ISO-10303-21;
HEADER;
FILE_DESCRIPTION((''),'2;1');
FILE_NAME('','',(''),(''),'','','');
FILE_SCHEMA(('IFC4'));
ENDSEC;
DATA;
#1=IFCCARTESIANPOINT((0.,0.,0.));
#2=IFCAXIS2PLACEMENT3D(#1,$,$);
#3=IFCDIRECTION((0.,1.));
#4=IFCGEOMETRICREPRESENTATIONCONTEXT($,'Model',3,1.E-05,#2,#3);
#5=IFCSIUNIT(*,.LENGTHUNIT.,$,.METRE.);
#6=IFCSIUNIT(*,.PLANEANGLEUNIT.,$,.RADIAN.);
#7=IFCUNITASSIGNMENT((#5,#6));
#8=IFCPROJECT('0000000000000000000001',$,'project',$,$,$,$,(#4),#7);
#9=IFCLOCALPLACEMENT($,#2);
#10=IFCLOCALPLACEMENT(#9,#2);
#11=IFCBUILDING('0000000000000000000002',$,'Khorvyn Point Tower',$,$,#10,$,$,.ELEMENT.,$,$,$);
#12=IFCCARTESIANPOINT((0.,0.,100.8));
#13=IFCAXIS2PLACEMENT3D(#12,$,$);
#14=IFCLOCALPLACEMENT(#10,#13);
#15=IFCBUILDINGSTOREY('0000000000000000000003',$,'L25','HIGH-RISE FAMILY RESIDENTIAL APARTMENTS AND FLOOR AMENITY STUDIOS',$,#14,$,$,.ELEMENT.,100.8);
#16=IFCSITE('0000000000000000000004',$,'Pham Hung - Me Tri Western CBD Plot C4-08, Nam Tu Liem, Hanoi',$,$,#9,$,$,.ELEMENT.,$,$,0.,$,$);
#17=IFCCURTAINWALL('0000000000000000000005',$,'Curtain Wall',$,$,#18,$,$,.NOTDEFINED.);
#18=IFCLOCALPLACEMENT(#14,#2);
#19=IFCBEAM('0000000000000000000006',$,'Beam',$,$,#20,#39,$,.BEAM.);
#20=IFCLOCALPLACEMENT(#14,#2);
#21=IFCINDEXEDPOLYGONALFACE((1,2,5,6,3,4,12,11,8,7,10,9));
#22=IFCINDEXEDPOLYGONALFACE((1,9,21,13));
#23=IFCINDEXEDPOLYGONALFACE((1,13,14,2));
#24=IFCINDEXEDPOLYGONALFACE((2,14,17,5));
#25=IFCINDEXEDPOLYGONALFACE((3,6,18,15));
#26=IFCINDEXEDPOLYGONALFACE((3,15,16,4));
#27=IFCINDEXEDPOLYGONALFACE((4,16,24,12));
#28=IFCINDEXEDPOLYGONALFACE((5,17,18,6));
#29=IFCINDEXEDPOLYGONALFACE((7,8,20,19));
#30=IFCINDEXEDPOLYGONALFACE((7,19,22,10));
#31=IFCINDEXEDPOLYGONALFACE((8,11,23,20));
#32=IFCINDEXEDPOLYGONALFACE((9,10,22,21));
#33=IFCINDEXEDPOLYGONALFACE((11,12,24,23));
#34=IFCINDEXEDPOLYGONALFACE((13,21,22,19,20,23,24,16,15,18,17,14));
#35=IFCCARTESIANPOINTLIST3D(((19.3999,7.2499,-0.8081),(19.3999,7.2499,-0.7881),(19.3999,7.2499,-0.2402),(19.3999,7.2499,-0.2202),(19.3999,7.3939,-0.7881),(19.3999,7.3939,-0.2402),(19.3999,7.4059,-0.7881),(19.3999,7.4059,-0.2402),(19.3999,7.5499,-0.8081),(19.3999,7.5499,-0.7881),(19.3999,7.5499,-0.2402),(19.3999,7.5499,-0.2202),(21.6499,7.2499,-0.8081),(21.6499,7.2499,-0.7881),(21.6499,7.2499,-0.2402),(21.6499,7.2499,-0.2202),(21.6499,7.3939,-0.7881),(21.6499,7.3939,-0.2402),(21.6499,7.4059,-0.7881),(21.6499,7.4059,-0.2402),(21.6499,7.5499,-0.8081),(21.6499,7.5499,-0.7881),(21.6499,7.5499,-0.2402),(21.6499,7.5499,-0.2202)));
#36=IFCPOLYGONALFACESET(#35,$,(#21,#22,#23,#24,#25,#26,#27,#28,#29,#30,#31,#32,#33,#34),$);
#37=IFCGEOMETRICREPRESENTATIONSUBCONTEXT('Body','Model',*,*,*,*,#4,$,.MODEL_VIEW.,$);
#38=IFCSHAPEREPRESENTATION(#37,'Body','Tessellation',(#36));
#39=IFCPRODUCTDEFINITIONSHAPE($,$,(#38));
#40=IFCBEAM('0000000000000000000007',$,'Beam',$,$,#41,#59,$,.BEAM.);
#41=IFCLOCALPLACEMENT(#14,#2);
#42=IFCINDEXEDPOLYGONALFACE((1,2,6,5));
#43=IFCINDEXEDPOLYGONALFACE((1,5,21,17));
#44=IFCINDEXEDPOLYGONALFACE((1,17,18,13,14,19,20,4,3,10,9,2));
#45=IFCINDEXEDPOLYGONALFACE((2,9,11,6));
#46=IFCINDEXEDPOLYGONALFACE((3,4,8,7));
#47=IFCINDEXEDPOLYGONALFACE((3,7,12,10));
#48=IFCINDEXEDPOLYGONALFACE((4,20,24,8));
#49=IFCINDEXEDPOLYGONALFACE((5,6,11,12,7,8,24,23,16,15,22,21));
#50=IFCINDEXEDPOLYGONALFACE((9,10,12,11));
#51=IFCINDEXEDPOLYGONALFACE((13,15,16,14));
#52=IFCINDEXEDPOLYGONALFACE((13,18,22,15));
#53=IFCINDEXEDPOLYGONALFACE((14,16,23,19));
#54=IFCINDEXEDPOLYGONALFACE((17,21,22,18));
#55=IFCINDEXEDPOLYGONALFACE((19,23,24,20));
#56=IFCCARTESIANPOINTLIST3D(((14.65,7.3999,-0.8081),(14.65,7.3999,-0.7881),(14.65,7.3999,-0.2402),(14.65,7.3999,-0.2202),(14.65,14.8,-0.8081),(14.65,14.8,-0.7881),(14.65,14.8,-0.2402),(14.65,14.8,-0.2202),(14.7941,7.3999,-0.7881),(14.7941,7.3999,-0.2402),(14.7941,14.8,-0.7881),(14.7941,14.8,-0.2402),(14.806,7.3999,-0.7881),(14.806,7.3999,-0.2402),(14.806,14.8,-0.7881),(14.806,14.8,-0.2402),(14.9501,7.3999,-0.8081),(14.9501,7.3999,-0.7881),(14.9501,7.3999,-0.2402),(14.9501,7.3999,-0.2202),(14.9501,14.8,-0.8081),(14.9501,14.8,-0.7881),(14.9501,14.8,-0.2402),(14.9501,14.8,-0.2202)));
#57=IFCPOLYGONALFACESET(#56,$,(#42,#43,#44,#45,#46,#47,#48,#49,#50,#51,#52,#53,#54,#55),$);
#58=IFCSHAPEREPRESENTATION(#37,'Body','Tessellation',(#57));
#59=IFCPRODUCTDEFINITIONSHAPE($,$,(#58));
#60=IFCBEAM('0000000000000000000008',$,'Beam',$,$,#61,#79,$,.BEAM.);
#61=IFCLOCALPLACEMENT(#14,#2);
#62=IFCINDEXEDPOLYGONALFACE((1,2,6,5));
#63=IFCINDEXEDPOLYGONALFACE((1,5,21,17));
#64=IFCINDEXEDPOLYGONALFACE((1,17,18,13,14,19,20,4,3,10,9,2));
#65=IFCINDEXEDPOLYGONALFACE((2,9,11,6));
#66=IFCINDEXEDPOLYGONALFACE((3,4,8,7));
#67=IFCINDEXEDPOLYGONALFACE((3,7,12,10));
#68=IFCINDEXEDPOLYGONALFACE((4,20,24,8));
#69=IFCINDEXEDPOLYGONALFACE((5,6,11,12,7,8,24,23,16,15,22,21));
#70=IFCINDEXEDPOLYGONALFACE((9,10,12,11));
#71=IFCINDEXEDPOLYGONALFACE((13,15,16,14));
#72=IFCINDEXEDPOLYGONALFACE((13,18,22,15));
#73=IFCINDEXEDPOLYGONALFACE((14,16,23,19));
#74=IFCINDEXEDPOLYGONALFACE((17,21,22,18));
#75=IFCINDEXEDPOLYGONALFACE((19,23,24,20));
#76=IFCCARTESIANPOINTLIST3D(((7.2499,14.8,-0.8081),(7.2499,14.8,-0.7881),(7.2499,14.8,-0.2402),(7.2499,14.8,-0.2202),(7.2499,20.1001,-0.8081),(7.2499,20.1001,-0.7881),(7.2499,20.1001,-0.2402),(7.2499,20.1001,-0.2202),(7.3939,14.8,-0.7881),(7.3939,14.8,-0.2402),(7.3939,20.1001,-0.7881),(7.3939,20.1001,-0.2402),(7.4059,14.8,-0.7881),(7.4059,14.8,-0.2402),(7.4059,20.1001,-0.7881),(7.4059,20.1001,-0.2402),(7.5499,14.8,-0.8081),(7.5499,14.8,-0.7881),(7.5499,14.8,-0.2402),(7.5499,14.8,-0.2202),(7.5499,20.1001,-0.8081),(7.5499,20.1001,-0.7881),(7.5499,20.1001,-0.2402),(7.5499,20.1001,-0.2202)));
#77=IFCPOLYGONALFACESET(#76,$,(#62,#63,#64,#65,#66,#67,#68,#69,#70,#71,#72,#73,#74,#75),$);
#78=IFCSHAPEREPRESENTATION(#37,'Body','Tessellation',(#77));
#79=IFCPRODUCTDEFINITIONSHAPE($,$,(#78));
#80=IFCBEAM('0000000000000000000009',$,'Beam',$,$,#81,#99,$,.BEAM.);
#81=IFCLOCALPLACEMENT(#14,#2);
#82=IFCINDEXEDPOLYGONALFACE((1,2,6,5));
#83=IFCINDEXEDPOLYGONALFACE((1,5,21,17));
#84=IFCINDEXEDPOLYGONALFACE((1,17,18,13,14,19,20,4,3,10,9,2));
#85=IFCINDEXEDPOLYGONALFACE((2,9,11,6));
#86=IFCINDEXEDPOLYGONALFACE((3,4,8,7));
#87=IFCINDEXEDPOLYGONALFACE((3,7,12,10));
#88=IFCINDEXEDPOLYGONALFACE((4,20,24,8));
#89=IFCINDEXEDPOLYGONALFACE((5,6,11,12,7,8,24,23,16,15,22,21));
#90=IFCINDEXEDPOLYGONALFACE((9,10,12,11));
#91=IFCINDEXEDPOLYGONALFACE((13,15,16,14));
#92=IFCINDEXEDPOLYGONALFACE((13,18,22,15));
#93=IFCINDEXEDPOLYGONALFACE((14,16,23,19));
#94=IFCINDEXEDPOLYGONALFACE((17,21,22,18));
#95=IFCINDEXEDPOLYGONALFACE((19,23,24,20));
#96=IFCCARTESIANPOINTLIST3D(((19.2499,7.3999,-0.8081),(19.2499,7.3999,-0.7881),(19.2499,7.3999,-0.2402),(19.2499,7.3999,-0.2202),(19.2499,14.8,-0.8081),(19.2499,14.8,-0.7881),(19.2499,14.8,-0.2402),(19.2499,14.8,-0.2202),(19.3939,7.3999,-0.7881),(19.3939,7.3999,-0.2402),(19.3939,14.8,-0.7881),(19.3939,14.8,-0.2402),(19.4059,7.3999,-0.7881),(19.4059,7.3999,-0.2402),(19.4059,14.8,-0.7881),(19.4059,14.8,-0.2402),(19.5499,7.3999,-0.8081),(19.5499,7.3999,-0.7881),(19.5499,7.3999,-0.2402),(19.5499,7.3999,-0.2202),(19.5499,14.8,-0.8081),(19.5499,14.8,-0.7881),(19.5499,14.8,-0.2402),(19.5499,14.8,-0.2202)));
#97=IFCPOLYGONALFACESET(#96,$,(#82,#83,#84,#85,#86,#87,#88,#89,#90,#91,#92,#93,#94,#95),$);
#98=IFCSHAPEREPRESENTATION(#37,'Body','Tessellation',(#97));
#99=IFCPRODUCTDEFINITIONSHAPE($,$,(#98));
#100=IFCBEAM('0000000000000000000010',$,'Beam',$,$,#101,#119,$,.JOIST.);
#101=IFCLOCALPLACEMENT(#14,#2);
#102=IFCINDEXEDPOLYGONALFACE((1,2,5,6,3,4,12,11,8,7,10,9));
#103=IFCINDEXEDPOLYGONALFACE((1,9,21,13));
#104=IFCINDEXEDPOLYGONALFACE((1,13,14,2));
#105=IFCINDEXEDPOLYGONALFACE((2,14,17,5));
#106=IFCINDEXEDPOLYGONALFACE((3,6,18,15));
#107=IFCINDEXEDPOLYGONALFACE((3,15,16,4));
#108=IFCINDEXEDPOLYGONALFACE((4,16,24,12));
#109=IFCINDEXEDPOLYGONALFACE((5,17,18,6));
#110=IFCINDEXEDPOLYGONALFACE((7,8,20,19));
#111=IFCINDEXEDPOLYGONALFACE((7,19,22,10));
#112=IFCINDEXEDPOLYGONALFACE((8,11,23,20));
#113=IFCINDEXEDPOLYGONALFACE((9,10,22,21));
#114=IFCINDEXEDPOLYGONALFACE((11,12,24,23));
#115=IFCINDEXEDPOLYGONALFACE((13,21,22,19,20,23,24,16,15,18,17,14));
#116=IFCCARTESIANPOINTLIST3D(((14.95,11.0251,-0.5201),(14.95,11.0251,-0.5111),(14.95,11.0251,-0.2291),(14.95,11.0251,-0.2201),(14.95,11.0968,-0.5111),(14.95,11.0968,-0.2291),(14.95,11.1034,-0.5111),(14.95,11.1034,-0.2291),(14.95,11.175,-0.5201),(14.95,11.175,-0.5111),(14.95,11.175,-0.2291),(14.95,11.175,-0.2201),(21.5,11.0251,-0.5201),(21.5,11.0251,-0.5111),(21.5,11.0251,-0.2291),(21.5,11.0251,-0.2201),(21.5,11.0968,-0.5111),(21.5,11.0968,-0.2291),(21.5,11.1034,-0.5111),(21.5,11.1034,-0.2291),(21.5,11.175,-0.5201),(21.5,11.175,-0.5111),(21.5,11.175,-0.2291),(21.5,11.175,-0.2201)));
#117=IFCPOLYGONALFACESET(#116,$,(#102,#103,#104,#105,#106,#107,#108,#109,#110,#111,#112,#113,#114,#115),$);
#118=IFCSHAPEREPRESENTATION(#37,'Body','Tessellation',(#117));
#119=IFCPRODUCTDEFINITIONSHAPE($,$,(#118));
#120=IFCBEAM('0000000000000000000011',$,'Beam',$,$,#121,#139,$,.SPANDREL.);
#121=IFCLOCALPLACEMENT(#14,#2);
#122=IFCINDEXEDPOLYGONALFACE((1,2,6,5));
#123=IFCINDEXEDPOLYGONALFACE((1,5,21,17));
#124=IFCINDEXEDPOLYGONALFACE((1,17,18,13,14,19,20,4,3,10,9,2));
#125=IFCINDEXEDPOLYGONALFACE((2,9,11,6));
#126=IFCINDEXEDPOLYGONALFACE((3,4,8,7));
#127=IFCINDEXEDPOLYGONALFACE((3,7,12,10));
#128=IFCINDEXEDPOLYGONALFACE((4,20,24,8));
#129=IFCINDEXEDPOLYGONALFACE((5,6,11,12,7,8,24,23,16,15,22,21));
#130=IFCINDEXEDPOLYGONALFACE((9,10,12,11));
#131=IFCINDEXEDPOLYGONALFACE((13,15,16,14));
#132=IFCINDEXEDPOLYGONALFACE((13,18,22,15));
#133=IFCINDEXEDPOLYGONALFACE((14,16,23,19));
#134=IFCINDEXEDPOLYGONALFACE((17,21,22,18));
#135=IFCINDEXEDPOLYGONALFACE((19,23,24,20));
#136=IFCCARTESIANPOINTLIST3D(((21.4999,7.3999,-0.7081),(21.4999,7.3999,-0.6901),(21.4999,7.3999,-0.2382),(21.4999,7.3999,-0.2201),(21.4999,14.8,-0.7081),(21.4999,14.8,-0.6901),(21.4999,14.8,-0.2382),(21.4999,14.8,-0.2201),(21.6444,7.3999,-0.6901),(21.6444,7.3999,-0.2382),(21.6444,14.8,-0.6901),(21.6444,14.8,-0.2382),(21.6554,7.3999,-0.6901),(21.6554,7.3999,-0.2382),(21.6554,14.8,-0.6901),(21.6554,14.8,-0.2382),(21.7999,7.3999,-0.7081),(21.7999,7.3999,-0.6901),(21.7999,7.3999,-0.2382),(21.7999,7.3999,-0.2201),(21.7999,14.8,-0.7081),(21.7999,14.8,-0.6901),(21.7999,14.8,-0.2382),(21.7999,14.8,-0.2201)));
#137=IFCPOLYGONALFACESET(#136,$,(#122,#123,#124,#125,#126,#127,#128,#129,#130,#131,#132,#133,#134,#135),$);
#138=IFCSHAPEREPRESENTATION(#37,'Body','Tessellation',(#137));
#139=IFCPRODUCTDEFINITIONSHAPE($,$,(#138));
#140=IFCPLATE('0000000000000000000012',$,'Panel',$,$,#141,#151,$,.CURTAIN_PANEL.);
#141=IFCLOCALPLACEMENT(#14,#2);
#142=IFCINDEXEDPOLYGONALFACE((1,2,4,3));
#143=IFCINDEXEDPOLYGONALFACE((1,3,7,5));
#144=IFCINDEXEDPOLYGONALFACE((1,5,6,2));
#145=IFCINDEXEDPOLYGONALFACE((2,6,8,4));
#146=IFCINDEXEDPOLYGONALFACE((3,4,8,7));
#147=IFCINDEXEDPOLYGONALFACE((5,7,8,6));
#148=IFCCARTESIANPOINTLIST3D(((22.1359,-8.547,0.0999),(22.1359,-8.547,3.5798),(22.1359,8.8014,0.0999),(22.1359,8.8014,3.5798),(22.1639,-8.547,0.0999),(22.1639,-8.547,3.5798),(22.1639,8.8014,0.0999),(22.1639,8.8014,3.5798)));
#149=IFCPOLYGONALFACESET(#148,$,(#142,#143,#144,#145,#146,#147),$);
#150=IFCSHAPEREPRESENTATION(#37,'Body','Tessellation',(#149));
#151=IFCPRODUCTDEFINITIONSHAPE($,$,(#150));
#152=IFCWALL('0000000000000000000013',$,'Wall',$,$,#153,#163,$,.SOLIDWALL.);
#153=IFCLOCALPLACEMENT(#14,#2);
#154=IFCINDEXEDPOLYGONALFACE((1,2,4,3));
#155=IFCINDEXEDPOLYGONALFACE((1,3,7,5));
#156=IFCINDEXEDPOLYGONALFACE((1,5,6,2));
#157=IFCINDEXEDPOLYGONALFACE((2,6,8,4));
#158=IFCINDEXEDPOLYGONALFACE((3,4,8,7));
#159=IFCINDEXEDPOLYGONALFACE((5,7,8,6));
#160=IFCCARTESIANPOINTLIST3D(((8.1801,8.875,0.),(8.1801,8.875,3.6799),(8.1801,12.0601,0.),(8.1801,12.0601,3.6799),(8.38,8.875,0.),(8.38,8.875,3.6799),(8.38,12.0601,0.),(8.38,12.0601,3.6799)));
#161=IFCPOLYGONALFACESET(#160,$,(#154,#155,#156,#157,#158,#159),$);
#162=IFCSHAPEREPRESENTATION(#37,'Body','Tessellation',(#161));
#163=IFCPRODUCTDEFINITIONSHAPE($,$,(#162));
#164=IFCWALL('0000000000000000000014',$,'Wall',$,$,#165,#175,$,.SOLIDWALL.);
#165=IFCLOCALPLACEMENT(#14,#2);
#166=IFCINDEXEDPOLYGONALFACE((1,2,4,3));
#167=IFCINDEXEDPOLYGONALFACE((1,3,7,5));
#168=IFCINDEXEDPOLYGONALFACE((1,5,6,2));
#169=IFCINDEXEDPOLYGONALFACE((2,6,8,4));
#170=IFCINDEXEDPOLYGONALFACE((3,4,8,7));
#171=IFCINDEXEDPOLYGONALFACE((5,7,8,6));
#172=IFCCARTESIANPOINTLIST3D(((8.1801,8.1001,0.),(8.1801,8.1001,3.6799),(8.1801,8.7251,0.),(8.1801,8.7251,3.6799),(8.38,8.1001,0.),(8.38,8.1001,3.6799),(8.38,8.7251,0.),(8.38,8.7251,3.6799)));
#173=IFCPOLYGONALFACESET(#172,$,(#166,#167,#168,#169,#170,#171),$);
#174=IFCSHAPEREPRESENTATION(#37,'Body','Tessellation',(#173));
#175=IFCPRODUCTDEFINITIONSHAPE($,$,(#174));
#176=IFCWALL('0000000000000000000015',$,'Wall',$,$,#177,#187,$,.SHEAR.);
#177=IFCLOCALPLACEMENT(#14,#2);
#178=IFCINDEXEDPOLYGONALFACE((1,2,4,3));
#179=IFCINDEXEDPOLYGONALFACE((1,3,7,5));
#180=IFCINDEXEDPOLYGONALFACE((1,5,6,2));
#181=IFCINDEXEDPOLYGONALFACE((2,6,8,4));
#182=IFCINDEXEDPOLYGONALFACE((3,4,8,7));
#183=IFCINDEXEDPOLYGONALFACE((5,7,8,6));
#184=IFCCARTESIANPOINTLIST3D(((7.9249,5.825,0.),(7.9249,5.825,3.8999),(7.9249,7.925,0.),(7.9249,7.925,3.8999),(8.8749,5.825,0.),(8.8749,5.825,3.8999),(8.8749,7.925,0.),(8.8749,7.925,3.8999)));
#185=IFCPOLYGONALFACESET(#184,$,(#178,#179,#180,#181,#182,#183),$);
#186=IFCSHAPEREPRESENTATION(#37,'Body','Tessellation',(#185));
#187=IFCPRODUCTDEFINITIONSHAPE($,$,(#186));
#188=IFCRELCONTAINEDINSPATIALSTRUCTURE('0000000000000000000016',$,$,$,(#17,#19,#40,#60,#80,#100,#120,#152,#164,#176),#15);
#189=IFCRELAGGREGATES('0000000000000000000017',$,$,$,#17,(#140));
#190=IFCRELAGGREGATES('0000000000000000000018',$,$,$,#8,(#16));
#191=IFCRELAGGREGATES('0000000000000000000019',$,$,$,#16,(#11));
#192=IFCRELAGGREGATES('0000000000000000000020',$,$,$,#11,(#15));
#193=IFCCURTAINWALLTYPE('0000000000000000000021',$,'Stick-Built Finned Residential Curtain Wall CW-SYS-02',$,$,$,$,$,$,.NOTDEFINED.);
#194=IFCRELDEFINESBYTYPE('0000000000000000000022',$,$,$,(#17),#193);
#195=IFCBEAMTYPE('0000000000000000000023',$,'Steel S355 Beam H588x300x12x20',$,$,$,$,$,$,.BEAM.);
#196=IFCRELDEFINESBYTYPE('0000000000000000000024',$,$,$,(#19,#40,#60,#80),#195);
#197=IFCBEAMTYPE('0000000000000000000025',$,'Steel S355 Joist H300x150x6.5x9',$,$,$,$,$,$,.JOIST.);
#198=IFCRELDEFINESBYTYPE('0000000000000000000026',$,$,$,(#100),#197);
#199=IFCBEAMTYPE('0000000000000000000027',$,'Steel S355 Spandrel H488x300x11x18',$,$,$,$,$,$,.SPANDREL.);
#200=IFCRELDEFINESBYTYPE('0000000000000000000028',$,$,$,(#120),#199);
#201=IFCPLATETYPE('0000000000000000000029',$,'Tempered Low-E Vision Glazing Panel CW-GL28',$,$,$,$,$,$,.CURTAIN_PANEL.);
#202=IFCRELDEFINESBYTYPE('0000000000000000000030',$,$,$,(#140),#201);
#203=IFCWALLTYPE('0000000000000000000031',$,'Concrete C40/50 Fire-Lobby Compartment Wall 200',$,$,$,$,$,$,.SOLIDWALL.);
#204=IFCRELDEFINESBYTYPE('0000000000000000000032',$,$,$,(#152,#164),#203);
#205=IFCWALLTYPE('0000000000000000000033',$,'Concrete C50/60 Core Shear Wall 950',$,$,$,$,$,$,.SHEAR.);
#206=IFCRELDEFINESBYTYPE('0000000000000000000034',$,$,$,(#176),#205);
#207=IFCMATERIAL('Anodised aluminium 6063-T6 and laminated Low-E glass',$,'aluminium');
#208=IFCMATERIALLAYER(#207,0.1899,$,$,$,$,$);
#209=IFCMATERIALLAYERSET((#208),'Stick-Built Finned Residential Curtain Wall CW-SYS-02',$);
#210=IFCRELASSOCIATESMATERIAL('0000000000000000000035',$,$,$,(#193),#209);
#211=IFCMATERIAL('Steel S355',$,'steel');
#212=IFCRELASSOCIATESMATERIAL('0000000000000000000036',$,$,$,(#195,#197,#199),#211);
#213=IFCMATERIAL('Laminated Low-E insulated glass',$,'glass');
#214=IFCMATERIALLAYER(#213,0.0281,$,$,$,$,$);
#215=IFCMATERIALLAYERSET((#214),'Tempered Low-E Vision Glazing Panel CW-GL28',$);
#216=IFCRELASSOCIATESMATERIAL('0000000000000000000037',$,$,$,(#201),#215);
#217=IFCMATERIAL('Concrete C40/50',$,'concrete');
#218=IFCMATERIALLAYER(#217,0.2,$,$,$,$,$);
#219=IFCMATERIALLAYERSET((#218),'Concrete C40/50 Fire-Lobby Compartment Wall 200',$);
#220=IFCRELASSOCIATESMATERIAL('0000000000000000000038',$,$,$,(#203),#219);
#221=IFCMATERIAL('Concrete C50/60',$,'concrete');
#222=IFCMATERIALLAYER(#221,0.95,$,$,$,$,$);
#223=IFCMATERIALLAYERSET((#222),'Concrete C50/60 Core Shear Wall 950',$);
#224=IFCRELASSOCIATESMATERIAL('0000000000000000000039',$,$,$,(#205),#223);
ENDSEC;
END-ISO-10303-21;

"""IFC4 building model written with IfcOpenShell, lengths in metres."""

from ifc_helpers import new_model, si_unit, direction, frame, frame_2d, origin, origin_2d, place, context, subcontext, project, spatial, rectangle, i_section, extrude, material, layer, layer_set, material_profile, profile_set, type_object, element, aggregate, save


model = new_model("IFC4")

# Units and contexts
model_context = context("Model", 3, precision=1e-05, world=origin(), true_north=direction((0.0, 1.0)))
body_context = subcontext(model_context, "Body", "Model", "MODEL_VIEW")
ifc_project = project(units=[si_unit("LENGTHUNIT", "METRE"), si_unit("PLANEANGLEUNIT", "RADIAN")], contexts=[model_context])

# Site, building, storey
site_placement = place(None, origin())
site = spatial("IfcSite", under=ifc_project, at=site_placement, Name="Pham Hung - Me Tri Western CBD Plot C4-08, Nam Tu Liem, Hanoi", CompositionType="ELEMENT", RefElevation=0.0)
building_placement = place(site_placement, origin())
building = spatial("IfcBuilding", under=site, at=building_placement, Name="Khorvyn Point Tower", CompositionType="ELEMENT")
storey_placement = place(building_placement, frame((0.0, 0.0, 100.8)))
storey = spatial("IfcBuildingStorey", under=building, at=storey_placement, Name="L25", Description="HIGH-RISE FAMILY RESIDENTIAL APARTMENTS AND FLOOR AMENITY STUDIOS", CompositionType="ELEMENT", Elevation=100.8)

# Shared definitions
ifc_material_1 = material(Name="Concrete C50/60", Category="concrete")

# Curtain wall
ifc_material_2 = material(Name="Anodised aluminium 6063-T6 and laminated Low-E glass", Category="aluminium")
ifc_layer_1 = layer(ifc_material_2, 0.1899)
ifc_layer_set_1 = layer_set([ifc_layer_1], Name="Stick-Built Finned Residential Curtain Wall CW-SYS-02")
curtain_wall_type = type_object("IfcCurtainWallType", Name="Stick-Built Finned Residential Curtain Wall CW-SYS-02", PredefinedType="NOTDEFINED", material=ifc_layer_set_1)
curtain_wall_placement = place(storey_placement, origin())
curtain_wall = element("IfcCurtainWall", 1, at=curtain_wall_placement, inside=storey, type_object=curtain_wall_type, Name="Curtain Wall", PredefinedType="NOTDEFINED")

# Beams
ifc_material_3 = material(Name="Steel S355", Category="steel")
ifc_material_profile_1 = material_profile(ifc_material_3, i_section(OverallWidth=0.3, OverallDepth=0.5879, WebThickness=0.012, FlangeThickness=0.02, at=origin_2d()))
ifc_profile_set_1 = profile_set([ifc_material_profile_1], Name="Steel S355 H588x300x12x20")
beam_type_1 = type_object("IfcBeamType", Name="Steel S355 Beam H588x300x12x20", PredefinedType="BEAM", material=ifc_profile_set_1)
beam_1_placement = place(storey_placement, frame((19.3999, 7.3999, -0.5142), z_axis=(1.0, 0.0, 0.0), x_axis=(0.0, 1.0, 0.0)))
element("IfcBeam", 2, at=beam_1_placement, inside=storey, type_object=beam_type_1, Name="Beam", PredefinedType="BEAM", context=body_context, shape_type="SweptSolid", body=[
    extrude(i_section(OverallWidth=0.3, OverallDepth=0.5879, WebThickness=0.012, FlangeThickness=0.02, at=origin_2d()), origin(), (0.0, 0.0, 1.0), 2.25),
])
beam_2_placement = place(storey_placement, frame((14.8, 7.3999, -0.5142), z_axis=(0.0, 1.0, 0.0), x_axis=(-1.0, 0.0, 0.0)))
element("IfcBeam", 3, at=beam_2_placement, inside=storey, type_object=beam_type_1, Name="Beam", PredefinedType="BEAM", context=body_context, shape_type="SweptSolid", body=[
    extrude(i_section(OverallWidth=0.3, OverallDepth=0.5879, WebThickness=0.012, FlangeThickness=0.02, at=origin_2d()), origin(), (0.0, 0.0, 1.0), 7.4001),
])
beam_3_placement = place(storey_placement, frame((7.3999, 14.8, -0.5142), z_axis=(0.0, 1.0, 0.0), x_axis=(-1.0, 0.0, 0.0)))
element("IfcBeam", 4, at=beam_3_placement, inside=storey, type_object=beam_type_1, Name="Beam", PredefinedType="BEAM", context=body_context, shape_type="SweptSolid", body=[
    extrude(i_section(OverallWidth=0.3, OverallDepth=0.5879, WebThickness=0.012, FlangeThickness=0.02, at=origin_2d()), origin(), (0.0, 0.0, 1.0), 5.3),
])
beam_4_placement = place(storey_placement, frame((19.3999, 7.3999, -0.5142), z_axis=(0.0, 1.0, 0.0), x_axis=(-1.0, 0.0, 0.0)))
element("IfcBeam", 5, at=beam_4_placement, inside=storey, type_object=beam_type_1, Name="Beam", PredefinedType="BEAM", context=body_context, shape_type="SweptSolid", body=[
    extrude(i_section(OverallWidth=0.3, OverallDepth=0.5879, WebThickness=0.012, FlangeThickness=0.02, at=origin_2d()), origin(), (0.0, 0.0, 1.0), 7.4001),
])
ifc_material_profile_2 = material_profile(ifc_material_3, i_section(OverallWidth=0.1499, OverallDepth=0.3, WebThickness=0.0066, FlangeThickness=0.009, at=origin_2d()))
ifc_profile_set_2 = profile_set([ifc_material_profile_2], Name="Steel S355 H300x150x6.5x9")
beam_type_2 = type_object("IfcBeamType", Name="Steel S355 Joist H300x150x6.5x9", PredefinedType="JOIST", material=ifc_profile_set_2)
beam_5_placement = place(storey_placement, frame((14.95, 11.1001, -0.3701), z_axis=(1.0, 0.0, 0.0), x_axis=(0.0, 1.0, 0.0)))
element("IfcBeam", 6, at=beam_5_placement, inside=storey, type_object=beam_type_2, Name="Beam", PredefinedType="JOIST", context=body_context, shape_type="SweptSolid", body=[
    extrude(i_section(OverallWidth=0.1499, OverallDepth=0.3, WebThickness=0.0066, FlangeThickness=0.009, at=origin_2d()), origin(), (0.0, 0.0, 1.0), 6.55),
])
ifc_material_profile_3 = material_profile(ifc_material_3, i_section(OverallWidth=0.3, OverallDepth=0.488, WebThickness=0.011, FlangeThickness=0.0181, at=origin_2d()))
ifc_profile_set_3 = profile_set([ifc_material_profile_3], Name="Steel S355 H488x300x11x18")
beam_type_3 = type_object("IfcBeamType", Name="Steel S355 Spandrel H488x300x11x18", PredefinedType="SPANDREL", material=ifc_profile_set_3)
beam_6_placement = place(storey_placement, frame((21.6499, 7.3999, -0.4641), z_axis=(0.0, 1.0, 0.0), x_axis=(-1.0, 0.0, 0.0)))
element("IfcBeam", 7, at=beam_6_placement, inside=storey, type_object=beam_type_3, Name="Beam", PredefinedType="SPANDREL", context=body_context, shape_type="SweptSolid", body=[
    extrude(i_section(OverallWidth=0.3, OverallDepth=0.488, WebThickness=0.011, FlangeThickness=0.0181, at=origin_2d()), origin(), (0.0, 0.0, 1.0), 7.4001),
])

# Plate
ifc_material_4 = material(Name="Laminated Low-E insulated glass", Category="glass")
ifc_layer_2 = layer(ifc_material_4, 0.0281)
ifc_layer_set_2 = layer_set([ifc_layer_2], Name="Tempered Low-E Vision Glazing Panel CW-GL28")
plate_type = type_object("IfcPlateType", Name="Tempered Low-E Vision Glazing Panel CW-GL28", PredefinedType="CURTAIN_PANEL", material=ifc_layer_set_2)
plate_placement = place(storey_placement, frame((22.1499, 0.1272, 0.0999), z_axis=(0.0, 0.0, 1.0), x_axis=(0.0, -1.0, 0.0)))
plate = element("IfcPlate", 8, at=plate_placement, type_object=plate_type, Name="Panel", PredefinedType="CURTAIN_PANEL", context=body_context, shape_type="SweptSolid", body=[
    extrude(rectangle(XDim=17.3484, YDim=0.0281, at=origin_2d()), origin(), (0.0, 0.0, 1.0), 3.48),
])
aggregate(curtain_wall, [plate])

# Walls
ifc_material_5 = material(Name="Concrete C40/50", Category="concrete")
ifc_layer_3 = layer(ifc_material_5, 0.2)
ifc_layer_set_3 = layer_set([ifc_layer_3], Name="Concrete C40/50 Fire-Lobby Compartment Wall 200")
wall_type_1 = type_object("IfcWallType", Name="Concrete C40/50 Fire-Lobby Compartment Wall 200", PredefinedType="SOLIDWALL", material=ifc_layer_set_3)
wall_1_placement = place(storey_placement, frame((8.28, 8.875, 0.0), z_axis=(0.0, 0.0, 1.0), x_axis=(0.0, 1.0, 0.0)))
element("IfcWall", 9, at=wall_1_placement, inside=storey, type_object=wall_type_1, Name="Wall", PredefinedType="SOLIDWALL", context=body_context, shape_type="SweptSolid", body=[
    extrude(rectangle(XDim=3.1851, YDim=0.2, at=frame_2d((1.5925, 0.0))), origin(), (0.0, 0.0, 1.0), 3.6799),
])
wall_2_placement = place(storey_placement, frame((8.28, 8.1001, 0.0), z_axis=(0.0, 0.0, 1.0), x_axis=(0.0, 1.0, 0.0)))
element("IfcWall", 10, at=wall_2_placement, inside=storey, type_object=wall_type_1, Name="Wall", PredefinedType="SOLIDWALL", context=body_context, shape_type="SweptSolid", body=[
    extrude(rectangle(XDim=0.625, YDim=0.2, at=frame_2d((0.3125, 0.0))), origin(), (0.0, 0.0, 1.0), 3.6799),
])
ifc_layer_4 = layer(ifc_material_1, 0.95)
ifc_layer_set_4 = layer_set([ifc_layer_4], Name="Concrete C50/60 Core Shear Wall 950")
wall_type_2 = type_object("IfcWallType", Name="Concrete C50/60 Core Shear Wall 950", PredefinedType="SHEAR", material=ifc_layer_set_4)
wall_3_placement = place(storey_placement, frame((8.3999, 5.825, 0.0), z_axis=(0.0, 0.0, 1.0), x_axis=(0.0, 1.0, 0.0)))
element("IfcWall", 11, at=wall_3_placement, inside=storey, type_object=wall_type_2, Name="Wall", PredefinedType="SHEAR", context=body_context, shape_type="SweptSolid", body=[
    extrude(rectangle(XDim=2.1001, YDim=0.95, at=frame_2d((1.05, 0.0))), origin(), (0.0, 0.0, 1.0), 3.8999),
])

save(model, "model.ifc")
